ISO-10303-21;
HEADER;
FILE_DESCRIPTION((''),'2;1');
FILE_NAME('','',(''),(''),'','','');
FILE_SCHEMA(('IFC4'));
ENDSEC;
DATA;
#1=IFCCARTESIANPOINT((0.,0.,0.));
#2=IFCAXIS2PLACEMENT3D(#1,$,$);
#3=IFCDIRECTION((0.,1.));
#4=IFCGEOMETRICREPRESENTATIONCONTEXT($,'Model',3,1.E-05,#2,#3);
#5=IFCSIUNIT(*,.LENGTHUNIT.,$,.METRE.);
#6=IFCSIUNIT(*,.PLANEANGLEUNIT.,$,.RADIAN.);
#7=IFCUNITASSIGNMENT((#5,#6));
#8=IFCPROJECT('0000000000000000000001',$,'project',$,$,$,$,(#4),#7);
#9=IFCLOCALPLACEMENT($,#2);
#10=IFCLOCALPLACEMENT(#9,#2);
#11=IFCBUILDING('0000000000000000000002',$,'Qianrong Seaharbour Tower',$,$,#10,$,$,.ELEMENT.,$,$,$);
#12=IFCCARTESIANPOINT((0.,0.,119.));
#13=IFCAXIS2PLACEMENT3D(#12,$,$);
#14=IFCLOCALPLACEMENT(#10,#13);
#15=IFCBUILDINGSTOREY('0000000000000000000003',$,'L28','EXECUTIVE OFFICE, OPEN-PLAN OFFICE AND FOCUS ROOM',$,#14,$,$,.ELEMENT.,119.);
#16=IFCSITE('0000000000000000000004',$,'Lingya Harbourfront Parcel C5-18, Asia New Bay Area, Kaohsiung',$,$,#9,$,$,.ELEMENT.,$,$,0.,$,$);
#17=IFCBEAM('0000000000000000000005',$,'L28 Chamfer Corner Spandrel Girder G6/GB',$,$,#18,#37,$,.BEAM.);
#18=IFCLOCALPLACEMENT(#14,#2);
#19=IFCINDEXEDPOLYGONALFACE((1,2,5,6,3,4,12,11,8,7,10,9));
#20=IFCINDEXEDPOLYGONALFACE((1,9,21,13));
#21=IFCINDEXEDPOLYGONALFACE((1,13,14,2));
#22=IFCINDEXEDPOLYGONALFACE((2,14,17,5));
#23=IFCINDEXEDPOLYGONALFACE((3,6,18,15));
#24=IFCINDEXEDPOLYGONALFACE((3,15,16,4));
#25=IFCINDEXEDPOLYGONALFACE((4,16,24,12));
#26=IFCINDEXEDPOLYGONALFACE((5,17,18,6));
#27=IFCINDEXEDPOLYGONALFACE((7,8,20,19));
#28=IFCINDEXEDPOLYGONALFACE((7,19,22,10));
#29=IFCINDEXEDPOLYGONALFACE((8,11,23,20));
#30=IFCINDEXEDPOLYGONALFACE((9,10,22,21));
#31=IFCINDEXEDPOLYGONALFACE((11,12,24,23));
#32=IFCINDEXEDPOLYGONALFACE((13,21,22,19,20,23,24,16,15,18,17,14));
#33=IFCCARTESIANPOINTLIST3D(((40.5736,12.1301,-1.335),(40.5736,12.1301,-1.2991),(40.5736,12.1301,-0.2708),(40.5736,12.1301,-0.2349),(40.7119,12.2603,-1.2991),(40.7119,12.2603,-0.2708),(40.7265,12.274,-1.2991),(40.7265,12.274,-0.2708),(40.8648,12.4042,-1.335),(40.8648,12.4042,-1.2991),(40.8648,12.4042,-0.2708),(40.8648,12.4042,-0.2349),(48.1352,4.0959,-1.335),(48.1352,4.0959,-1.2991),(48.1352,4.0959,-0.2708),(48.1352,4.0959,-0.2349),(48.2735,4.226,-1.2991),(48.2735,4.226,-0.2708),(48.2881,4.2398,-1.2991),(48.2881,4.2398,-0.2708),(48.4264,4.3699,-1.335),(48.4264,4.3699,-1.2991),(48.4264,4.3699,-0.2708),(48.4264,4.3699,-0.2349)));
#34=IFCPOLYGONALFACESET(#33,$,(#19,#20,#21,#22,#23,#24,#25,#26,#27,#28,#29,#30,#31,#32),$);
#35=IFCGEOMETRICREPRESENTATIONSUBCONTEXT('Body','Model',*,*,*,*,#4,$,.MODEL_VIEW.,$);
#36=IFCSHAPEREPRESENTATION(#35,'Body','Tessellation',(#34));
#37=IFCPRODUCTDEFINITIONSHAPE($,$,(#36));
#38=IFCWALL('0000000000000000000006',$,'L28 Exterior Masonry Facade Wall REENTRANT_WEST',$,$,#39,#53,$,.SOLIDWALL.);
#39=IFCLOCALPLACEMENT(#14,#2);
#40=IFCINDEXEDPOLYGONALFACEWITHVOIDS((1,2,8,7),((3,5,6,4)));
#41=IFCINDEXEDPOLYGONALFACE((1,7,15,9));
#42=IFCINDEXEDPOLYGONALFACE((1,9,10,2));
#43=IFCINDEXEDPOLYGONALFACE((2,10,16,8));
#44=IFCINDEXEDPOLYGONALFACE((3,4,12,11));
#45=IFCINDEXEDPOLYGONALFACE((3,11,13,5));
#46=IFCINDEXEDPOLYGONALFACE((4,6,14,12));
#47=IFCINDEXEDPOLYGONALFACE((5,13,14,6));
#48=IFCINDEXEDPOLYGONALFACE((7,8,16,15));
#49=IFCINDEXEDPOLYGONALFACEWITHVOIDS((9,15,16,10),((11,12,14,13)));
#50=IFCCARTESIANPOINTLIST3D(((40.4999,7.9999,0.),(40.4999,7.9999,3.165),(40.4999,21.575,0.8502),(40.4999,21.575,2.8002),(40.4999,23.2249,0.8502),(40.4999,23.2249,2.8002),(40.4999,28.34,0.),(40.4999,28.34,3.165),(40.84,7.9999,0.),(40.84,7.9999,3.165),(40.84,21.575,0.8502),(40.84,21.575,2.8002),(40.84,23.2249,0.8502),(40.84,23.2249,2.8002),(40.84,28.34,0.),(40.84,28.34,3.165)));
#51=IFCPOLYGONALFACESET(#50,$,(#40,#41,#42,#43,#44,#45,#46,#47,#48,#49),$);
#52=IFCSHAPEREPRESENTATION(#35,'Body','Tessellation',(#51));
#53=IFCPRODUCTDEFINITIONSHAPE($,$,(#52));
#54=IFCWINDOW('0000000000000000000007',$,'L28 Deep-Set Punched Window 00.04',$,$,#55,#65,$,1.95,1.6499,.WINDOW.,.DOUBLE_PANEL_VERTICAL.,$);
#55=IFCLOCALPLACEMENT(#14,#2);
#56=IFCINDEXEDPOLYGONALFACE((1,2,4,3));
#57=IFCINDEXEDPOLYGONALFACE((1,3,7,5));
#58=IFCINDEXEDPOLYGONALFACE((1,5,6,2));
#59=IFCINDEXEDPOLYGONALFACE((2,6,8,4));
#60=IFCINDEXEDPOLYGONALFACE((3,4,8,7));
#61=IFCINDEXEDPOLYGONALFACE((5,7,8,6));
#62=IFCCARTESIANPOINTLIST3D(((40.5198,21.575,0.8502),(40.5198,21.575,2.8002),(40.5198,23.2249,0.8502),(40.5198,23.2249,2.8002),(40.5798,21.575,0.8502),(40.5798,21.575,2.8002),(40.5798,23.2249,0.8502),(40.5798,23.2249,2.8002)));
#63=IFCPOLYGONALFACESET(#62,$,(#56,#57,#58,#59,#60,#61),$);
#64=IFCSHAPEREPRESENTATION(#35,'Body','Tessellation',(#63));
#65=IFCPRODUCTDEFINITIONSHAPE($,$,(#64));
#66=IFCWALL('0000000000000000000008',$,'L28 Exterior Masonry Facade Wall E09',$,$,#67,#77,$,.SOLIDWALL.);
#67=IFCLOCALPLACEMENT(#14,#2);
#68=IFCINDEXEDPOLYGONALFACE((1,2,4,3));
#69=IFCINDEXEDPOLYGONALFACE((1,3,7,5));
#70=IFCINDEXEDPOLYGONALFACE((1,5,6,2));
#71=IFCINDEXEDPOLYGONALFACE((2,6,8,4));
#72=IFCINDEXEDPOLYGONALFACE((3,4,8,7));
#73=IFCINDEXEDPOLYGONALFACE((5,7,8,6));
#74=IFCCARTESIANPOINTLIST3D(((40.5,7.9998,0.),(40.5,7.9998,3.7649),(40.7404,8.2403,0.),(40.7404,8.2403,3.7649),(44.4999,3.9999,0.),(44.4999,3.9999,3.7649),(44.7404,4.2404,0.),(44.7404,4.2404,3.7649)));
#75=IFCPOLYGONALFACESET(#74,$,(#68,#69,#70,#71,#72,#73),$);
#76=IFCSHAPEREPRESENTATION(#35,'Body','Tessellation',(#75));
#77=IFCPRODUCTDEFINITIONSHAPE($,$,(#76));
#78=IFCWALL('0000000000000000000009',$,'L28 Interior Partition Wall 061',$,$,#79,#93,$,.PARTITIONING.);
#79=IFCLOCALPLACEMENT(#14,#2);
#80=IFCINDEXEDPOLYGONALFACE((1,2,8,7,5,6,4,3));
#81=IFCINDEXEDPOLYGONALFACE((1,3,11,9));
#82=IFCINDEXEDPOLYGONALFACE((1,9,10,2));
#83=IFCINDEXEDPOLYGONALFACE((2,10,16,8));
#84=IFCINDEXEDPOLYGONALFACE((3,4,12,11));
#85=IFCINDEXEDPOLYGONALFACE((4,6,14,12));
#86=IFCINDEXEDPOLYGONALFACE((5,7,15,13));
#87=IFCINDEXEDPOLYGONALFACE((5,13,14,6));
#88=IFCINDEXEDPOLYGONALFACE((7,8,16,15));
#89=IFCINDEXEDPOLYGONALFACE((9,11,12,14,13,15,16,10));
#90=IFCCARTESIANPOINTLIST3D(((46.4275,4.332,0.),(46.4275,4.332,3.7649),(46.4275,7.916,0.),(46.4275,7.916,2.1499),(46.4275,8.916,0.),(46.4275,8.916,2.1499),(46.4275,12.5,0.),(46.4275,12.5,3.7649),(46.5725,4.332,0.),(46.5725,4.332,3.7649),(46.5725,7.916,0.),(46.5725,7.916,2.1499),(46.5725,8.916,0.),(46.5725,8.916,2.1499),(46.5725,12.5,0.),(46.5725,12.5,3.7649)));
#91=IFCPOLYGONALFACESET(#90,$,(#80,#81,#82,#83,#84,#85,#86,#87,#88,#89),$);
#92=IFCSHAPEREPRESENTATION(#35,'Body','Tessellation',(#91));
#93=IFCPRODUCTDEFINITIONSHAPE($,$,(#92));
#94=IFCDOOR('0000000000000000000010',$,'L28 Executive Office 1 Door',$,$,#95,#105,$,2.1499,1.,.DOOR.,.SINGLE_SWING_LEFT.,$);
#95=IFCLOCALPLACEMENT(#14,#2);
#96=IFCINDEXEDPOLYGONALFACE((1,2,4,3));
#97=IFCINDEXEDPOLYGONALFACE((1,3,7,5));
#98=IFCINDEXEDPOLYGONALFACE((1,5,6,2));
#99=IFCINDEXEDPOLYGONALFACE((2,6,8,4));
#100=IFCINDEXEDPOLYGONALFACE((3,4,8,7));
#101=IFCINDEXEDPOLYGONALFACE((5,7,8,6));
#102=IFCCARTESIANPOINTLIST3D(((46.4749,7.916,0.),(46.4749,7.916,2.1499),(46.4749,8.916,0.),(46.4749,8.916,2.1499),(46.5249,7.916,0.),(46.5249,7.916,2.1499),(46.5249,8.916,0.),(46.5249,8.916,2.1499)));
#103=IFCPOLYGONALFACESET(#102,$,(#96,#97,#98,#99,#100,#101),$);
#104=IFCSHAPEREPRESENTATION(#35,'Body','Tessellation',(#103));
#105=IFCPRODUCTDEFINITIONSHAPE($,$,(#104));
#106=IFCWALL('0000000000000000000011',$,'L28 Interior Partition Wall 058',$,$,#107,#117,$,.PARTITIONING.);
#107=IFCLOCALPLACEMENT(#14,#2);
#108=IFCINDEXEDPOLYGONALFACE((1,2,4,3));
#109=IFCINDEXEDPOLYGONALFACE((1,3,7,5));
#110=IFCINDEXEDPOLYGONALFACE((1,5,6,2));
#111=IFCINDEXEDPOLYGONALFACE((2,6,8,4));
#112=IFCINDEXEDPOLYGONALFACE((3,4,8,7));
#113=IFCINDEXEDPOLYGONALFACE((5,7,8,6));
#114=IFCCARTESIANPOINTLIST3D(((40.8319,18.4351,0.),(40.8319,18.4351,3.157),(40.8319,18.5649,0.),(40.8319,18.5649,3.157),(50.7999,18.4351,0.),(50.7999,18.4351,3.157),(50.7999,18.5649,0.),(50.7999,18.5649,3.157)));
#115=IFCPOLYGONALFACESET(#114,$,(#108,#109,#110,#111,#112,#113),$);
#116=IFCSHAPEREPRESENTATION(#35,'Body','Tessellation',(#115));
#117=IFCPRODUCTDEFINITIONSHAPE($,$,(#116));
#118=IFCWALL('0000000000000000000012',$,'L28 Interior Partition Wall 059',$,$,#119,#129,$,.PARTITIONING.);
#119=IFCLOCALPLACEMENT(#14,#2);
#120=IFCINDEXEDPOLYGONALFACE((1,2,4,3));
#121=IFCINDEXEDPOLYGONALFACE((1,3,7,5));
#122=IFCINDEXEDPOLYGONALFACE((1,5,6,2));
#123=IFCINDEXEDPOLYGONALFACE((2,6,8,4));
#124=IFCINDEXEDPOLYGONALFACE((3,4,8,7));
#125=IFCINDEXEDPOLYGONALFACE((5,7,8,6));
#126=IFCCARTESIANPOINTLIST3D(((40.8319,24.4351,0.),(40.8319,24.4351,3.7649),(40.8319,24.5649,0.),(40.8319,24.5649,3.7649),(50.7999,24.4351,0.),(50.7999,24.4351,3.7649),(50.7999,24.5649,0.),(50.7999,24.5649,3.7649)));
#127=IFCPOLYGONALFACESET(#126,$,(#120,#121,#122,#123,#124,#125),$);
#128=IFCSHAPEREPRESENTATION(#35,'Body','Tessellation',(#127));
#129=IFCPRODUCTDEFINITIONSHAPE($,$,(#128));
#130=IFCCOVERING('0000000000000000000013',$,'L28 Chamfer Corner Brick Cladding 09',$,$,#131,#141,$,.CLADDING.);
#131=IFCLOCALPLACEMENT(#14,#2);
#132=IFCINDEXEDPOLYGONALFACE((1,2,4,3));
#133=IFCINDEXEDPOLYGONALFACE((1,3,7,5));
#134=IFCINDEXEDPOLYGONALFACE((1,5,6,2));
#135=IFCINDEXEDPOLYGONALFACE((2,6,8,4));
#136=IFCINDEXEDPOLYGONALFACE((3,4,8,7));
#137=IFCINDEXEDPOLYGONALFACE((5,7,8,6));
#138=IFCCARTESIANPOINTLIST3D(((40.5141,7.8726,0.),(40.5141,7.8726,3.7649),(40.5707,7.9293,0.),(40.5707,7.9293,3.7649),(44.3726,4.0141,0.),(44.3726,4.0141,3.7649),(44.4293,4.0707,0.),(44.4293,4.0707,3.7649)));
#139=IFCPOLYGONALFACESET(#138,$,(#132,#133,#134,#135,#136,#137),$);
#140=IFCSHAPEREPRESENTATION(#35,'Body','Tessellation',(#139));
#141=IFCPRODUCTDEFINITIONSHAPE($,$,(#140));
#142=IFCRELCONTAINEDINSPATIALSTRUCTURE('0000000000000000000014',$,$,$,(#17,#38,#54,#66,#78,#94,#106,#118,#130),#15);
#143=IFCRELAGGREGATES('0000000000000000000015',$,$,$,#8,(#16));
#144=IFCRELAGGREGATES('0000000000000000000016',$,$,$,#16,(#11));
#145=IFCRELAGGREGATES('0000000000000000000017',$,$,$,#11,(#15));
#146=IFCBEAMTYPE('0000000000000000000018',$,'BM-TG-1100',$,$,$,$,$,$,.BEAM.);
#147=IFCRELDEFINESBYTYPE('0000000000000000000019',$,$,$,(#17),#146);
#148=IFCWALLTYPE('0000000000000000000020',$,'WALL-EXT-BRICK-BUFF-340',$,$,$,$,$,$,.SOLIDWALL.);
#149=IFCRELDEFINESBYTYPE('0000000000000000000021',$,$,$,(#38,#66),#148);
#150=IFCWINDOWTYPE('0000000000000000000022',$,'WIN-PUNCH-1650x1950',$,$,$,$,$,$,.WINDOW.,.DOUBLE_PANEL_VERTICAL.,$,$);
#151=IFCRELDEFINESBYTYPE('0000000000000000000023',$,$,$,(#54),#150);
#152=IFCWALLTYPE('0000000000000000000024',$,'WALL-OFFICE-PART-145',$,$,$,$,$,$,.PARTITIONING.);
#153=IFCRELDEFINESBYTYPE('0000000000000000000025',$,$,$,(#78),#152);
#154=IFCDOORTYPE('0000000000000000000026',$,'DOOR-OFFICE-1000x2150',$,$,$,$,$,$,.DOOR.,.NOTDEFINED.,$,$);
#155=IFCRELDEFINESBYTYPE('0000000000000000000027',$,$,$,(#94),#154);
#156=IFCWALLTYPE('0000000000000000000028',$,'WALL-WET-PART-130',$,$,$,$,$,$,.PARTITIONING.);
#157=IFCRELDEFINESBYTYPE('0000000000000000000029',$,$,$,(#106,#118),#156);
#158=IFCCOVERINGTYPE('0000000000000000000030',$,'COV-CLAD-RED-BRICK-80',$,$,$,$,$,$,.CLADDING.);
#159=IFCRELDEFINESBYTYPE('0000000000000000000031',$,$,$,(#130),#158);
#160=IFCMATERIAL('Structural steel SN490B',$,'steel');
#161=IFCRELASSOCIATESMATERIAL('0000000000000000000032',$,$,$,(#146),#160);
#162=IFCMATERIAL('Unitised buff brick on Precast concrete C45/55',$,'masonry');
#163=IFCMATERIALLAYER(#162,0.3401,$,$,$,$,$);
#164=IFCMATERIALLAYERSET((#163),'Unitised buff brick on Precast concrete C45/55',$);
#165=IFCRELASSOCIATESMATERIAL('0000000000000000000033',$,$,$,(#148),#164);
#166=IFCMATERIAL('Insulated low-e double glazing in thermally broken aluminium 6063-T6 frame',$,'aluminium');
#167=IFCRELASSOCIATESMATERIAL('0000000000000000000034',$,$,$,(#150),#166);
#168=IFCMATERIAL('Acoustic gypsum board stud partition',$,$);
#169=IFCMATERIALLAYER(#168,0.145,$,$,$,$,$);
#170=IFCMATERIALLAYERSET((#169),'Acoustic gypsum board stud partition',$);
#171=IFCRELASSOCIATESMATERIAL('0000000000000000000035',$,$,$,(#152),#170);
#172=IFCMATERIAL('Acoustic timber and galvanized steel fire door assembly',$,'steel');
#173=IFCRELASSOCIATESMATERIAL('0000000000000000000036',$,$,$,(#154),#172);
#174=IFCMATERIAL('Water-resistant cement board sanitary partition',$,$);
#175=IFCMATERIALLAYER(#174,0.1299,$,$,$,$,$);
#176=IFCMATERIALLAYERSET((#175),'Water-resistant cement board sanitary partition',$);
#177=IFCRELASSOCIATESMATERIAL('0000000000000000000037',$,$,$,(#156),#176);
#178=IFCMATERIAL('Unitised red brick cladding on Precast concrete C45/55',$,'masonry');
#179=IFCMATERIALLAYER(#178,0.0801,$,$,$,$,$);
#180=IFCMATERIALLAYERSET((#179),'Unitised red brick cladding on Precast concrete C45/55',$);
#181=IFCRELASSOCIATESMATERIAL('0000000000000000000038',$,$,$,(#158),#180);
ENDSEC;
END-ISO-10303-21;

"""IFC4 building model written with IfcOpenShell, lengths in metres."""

from ifc_helpers import new_model, si_unit, direction, frame, frame_2d, origin, origin_2d, place, context, subcontext, project, spatial, rectangle, i_section, extrude, material, layer, layer_set, material_profile, profile_set, type_object, element, fill, save


model = new_model("IFC4")

# Units and contexts
model_context = context("Model", 3, precision=1e-05, world=origin(), true_north=direction((0.0, 1.0)))
body_context = subcontext(model_context, "Body", "Model", "MODEL_VIEW")
ifc_project = project(units=[si_unit("LENGTHUNIT", "METRE"), si_unit("PLANEANGLEUNIT", "RADIAN")], contexts=[model_context])

# Site, building, storey
site_placement = place(None, origin())
site = spatial("IfcSite", under=ifc_project, at=site_placement, Name="Lingya Harbourfront Parcel C5-18, Asia New Bay Area, Kaohsiung", CompositionType="ELEMENT", RefElevation=0.0)
building_placement = place(site_placement, origin())
building = spatial("IfcBuilding", under=site, at=building_placement, Name="Qianrong Seaharbour Tower", CompositionType="ELEMENT")
storey_placement = place(building_placement, frame((0.0, 0.0, 119.0)))
storey = spatial("IfcBuildingStorey", under=building, at=storey_placement, Name="L28", Description="EXECUTIVE OFFICE, OPEN-PLAN OFFICE AND FOCUS ROOM", CompositionType="ELEMENT", Elevation=119.0)

# Shared definitions
ifc_material_1 = material(Name="Structural steel SN490B", Category="steel")

# Beam
ifc_material_profile_1 = material_profile(ifc_material_1, i_section(OverallWidth=0.3999, OverallDepth=1.1001, WebThickness=0.02, FlangeThickness=0.0359, at=origin_2d()), Name="BH1100x400x20x36")
ifc_profile_set_1 = profile_set([ifc_material_profile_1], Name="Structural steel SN490B")
beam_type_1 = type_object("IfcBeamType", Name="BM-TG-1100", PredefinedType="BEAM", material=ifc_profile_set_1)
beam_1_placement = place(storey_placement, frame((48.2808, 4.2329, -0.7849), z_axis=(-0.685362, 0.728203, 0.0), x_axis=(-0.728203, -0.685362, 0.0)))
element("IfcBeam", 1, at=beam_1_placement, inside=storey, type_object=beam_type_1, Name="L28 Chamfer Corner Spandrel Girder G6/GB", PredefinedType="BEAM", context=body_context, shape_type="SweptSolid", body=[
    extrude(i_section(OverallWidth=0.3999, OverallDepth=1.1001, WebThickness=0.02, FlangeThickness=0.0359, at=origin_2d()), origin(), (0.0, 0.0, 1.0), 11.033),
])

# Wall, opening, window
ifc_material_2 = material(Name="Unitised buff brick on Precast concrete C45/55", Category="masonry")
ifc_layer_1 = layer(ifc_material_2, 0.3401)
ifc_layer_set_1 = layer_set([ifc_layer_1], Name="Unitised buff brick on Precast concrete C45/55")
wall_type_1 = type_object("IfcWallType", Name="WALL-EXT-BRICK-BUFF-340", PredefinedType="SOLIDWALL", material=ifc_layer_set_1)
wall_1_placement = place(storey_placement, frame((40.6699, 8.0, 0.0), z_axis=(0.0, 0.0, 1.0), x_axis=(0.0, 1.0, 0.0)))
wall_1 = element("IfcWall", 2, at=wall_1_placement, inside=storey, type_object=wall_type_1, Name="L28 Exterior Masonry Facade Wall REENTRANT_WEST", PredefinedType="SOLIDWALL", context=body_context, shape_type="SweptSolid", body=[
    extrude(rectangle(XDim=20.3401, YDim=0.3401, at=frame_2d((10.1699, 0.0))), origin(), (0.0, 0.0, 1.0), 3.165),
])
opening_1_placement = place(wall_1_placement, frame((13.575, 0.0, 0.8501)))
opening_1 = element("IfcOpeningElement", 3, at=opening_1_placement, cuts=wall_1, PredefinedType="OPENING", context=body_context, shape_type="SweptSolid", body=[
    extrude(rectangle(XDim=1.6499, YDim=1.95, at=frame_2d((0.825, 0.9751))), frame((0.0, 0.1802, 0.0), z_axis=(0.0, -1.0, 0.0), x_axis=(1.0, 0.0, 0.0)), (0.0, 0.0, 1.0), 0.3601),
])
ifc_material_3 = material(Name="Insulated low-e double glazing in thermally broken aluminium 6063-T6 frame", Category="aluminium")
window_type = type_object("IfcWindowType", Name="WIN-PUNCH-1650x1950", PartitioningType="DOUBLE_PANEL_VERTICAL", PredefinedType="WINDOW", material=ifc_material_3)
window_placement = place(opening_1_placement, origin())
window = element("IfcWindow", 4, at=window_placement, inside=storey, type_object=window_type, Name="L28 Deep-Set Punched Window 00.04", OverallHeight=1.95, OverallWidth=1.6499, PartitioningType="DOUBLE_PANEL_VERTICAL", PredefinedType="WINDOW", context=body_context, shape_type="SweptSolid", body=[
    extrude(rectangle(XDim=1.6499, YDim=1.95, at=frame_2d((0.825, 0.9751))), frame((0.0, 0.1501, 0.0), z_axis=(0.0, -1.0, 0.0), x_axis=(1.0, 0.0, 0.0)), (0.0, 0.0, 1.0), 0.0601),
])
fill(opening_1, window)

# Wall
wall_2_placement = place(storey_placement, frame((44.6201, 4.1201, 0.0), z_axis=(0.0, 0.0, 1.0), x_axis=(-0.707107, 0.707107, 0.0)))
element("IfcWall", 5, at=wall_2_placement, inside=storey, type_object=wall_type_1, Name="L28 Exterior Masonry Facade Wall E09", PredefinedType="SOLIDWALL", context=body_context, shape_type="SweptSolid", body=[
    extrude(rectangle(XDim=5.6567, YDim=0.3401, at=frame_2d((2.8284, 0.0))), origin(), (0.0, 0.0, 1.0), 3.7649),
])

# Wall, opening, door
ifc_material_4 = material(Name="Acoustic gypsum board stud partition")
ifc_layer_2 = layer(ifc_material_4, 0.145)
ifc_layer_set_2 = layer_set([ifc_layer_2], Name="Acoustic gypsum board stud partition")
wall_type_2 = type_object("IfcWallType", Name="WALL-OFFICE-PART-145", PredefinedType="PARTITIONING", material=ifc_layer_set_2)
wall_3_placement = place(storey_placement, frame((46.5, 12.5, 0.0), z_axis=(0.0, 0.0, 1.0), x_axis=(0.0, -1.0, 0.0)))
wall_3 = element("IfcWall", 6, at=wall_3_placement, inside=storey, type_object=wall_type_2, Name="L28 Interior Partition Wall 061", PredefinedType="PARTITIONING", context=body_context, shape_type="SweptSolid", body=[
    extrude(rectangle(XDim=8.168, YDim=0.145, at=frame_2d((4.084, 0.0))), origin(), (0.0, 0.0, 1.0), 3.7649),
])
opening_2_placement = place(wall_3_placement, frame((3.584, 0.0, 0.0)))
opening_2 = element("IfcOpeningElement", 7, at=opening_2_placement, cuts=wall_3, PredefinedType="OPENING", context=body_context, shape_type="SweptSolid", body=[
    extrude(rectangle(XDim=1.0, YDim=2.1499, at=frame_2d((0.5, 1.075))), frame((0.0, 0.0825, 0.0), z_axis=(0.0, -1.0, 0.0), x_axis=(1.0, 0.0, 0.0)), (0.0, 0.0, 1.0), 0.165),
])
ifc_material_5 = material(Name="Acoustic timber and galvanized steel fire door assembly", Category="steel")
door_type = type_object("IfcDoorType", Name="DOOR-OFFICE-1000x2150", OperationType="NOTDEFINED", PredefinedType="DOOR", material=ifc_material_5)
door_placement = place(opening_2_placement, origin())
door = element("IfcDoor", 8, at=door_placement, inside=storey, type_object=door_type, Name="L28 Executive Office 1 Door", OperationType="SINGLE_SWING_LEFT", OverallHeight=2.1499, OverallWidth=1.0, PredefinedType="DOOR", context=body_context, shape_type="SweptSolid", body=[
    extrude(rectangle(XDim=1.0, YDim=2.1499, at=frame_2d((0.5, 1.075))), frame((0.0, 0.0249, 0.0), z_axis=(0.0, -1.0, 0.0), x_axis=(1.0, 0.0, 0.0)), (0.0, 0.0, 1.0), 0.05),
])
fill(opening_2, door)

# Walls
ifc_material_6 = material(Name="Water-resistant cement board sanitary partition")
ifc_layer_3 = layer(ifc_material_6, 0.1299)
ifc_layer_set_3 = layer_set([ifc_layer_3], Name="Water-resistant cement board sanitary partition")
wall_type_3 = type_object("IfcWallType", Name="WALL-WET-PART-130", PredefinedType="PARTITIONING", material=ifc_layer_set_3)
wall_4_placement = place(storey_placement, frame((40.832, 18.5, 0.0), z_axis=(0.0, 0.0, 1.0), x_axis=(1.0, 0.0, 0.0)))
element("IfcWall", 9, at=wall_4_placement, inside=storey, type_object=wall_type_3, Name="L28 Interior Partition Wall 058", PredefinedType="PARTITIONING", context=body_context, shape_type="SweptSolid", body=[
    extrude(rectangle(XDim=9.968, YDim=0.1299, at=frame_2d((4.9839, 0.0))), origin(), (0.0, 0.0, 1.0), 3.157),
])
wall_5_placement = place(storey_placement, frame((40.832, 24.5, 0.0), z_axis=(0.0, 0.0, 1.0), x_axis=(1.0, 0.0, 0.0)))
element("IfcWall", 10, at=wall_5_placement, inside=storey, type_object=wall_type_3, Name="L28 Interior Partition Wall 059", PredefinedType="PARTITIONING", context=body_context, shape_type="SweptSolid", body=[
    extrude(rectangle(XDim=9.968, YDim=0.1299, at=frame_2d((4.9839, 0.0))), origin(), (0.0, 0.0, 1.0), 3.7649),
])

# Covering
ifc_material_7 = material(Name="Unitised red brick cladding on Precast concrete C45/55", Category="masonry")
ifc_layer_4 = layer(ifc_material_7, 0.0801)
ifc_layer_set_4 = layer_set([ifc_layer_4], Name="Unitised red brick cladding on Precast concrete C45/55")
covering_type = type_object("IfcCoveringType", Name="COV-CLAD-RED-BRICK-80", PredefinedType="CLADDING", material=ifc_layer_set_4)
covering_placement = place(storey_placement, frame((42.4717, 5.9717, 0.0), z_axis=(0.0, 0.0, 1.0), x_axis=(-0.707107, 0.707107, 0.0)))
element("IfcCovering", 11, at=covering_placement, inside=storey, type_object=covering_type, Name="L28 Chamfer Corner Brick Cladding 09", PredefinedType="CLADDING", context=body_context, shape_type="SweptSolid", body=[
    extrude(rectangle(XDim=5.4568, YDim=0.0801, at=origin_2d()), origin(), (0.0, 0.0, 1.0), 3.7649),
])

save(model, "model.ifc")
